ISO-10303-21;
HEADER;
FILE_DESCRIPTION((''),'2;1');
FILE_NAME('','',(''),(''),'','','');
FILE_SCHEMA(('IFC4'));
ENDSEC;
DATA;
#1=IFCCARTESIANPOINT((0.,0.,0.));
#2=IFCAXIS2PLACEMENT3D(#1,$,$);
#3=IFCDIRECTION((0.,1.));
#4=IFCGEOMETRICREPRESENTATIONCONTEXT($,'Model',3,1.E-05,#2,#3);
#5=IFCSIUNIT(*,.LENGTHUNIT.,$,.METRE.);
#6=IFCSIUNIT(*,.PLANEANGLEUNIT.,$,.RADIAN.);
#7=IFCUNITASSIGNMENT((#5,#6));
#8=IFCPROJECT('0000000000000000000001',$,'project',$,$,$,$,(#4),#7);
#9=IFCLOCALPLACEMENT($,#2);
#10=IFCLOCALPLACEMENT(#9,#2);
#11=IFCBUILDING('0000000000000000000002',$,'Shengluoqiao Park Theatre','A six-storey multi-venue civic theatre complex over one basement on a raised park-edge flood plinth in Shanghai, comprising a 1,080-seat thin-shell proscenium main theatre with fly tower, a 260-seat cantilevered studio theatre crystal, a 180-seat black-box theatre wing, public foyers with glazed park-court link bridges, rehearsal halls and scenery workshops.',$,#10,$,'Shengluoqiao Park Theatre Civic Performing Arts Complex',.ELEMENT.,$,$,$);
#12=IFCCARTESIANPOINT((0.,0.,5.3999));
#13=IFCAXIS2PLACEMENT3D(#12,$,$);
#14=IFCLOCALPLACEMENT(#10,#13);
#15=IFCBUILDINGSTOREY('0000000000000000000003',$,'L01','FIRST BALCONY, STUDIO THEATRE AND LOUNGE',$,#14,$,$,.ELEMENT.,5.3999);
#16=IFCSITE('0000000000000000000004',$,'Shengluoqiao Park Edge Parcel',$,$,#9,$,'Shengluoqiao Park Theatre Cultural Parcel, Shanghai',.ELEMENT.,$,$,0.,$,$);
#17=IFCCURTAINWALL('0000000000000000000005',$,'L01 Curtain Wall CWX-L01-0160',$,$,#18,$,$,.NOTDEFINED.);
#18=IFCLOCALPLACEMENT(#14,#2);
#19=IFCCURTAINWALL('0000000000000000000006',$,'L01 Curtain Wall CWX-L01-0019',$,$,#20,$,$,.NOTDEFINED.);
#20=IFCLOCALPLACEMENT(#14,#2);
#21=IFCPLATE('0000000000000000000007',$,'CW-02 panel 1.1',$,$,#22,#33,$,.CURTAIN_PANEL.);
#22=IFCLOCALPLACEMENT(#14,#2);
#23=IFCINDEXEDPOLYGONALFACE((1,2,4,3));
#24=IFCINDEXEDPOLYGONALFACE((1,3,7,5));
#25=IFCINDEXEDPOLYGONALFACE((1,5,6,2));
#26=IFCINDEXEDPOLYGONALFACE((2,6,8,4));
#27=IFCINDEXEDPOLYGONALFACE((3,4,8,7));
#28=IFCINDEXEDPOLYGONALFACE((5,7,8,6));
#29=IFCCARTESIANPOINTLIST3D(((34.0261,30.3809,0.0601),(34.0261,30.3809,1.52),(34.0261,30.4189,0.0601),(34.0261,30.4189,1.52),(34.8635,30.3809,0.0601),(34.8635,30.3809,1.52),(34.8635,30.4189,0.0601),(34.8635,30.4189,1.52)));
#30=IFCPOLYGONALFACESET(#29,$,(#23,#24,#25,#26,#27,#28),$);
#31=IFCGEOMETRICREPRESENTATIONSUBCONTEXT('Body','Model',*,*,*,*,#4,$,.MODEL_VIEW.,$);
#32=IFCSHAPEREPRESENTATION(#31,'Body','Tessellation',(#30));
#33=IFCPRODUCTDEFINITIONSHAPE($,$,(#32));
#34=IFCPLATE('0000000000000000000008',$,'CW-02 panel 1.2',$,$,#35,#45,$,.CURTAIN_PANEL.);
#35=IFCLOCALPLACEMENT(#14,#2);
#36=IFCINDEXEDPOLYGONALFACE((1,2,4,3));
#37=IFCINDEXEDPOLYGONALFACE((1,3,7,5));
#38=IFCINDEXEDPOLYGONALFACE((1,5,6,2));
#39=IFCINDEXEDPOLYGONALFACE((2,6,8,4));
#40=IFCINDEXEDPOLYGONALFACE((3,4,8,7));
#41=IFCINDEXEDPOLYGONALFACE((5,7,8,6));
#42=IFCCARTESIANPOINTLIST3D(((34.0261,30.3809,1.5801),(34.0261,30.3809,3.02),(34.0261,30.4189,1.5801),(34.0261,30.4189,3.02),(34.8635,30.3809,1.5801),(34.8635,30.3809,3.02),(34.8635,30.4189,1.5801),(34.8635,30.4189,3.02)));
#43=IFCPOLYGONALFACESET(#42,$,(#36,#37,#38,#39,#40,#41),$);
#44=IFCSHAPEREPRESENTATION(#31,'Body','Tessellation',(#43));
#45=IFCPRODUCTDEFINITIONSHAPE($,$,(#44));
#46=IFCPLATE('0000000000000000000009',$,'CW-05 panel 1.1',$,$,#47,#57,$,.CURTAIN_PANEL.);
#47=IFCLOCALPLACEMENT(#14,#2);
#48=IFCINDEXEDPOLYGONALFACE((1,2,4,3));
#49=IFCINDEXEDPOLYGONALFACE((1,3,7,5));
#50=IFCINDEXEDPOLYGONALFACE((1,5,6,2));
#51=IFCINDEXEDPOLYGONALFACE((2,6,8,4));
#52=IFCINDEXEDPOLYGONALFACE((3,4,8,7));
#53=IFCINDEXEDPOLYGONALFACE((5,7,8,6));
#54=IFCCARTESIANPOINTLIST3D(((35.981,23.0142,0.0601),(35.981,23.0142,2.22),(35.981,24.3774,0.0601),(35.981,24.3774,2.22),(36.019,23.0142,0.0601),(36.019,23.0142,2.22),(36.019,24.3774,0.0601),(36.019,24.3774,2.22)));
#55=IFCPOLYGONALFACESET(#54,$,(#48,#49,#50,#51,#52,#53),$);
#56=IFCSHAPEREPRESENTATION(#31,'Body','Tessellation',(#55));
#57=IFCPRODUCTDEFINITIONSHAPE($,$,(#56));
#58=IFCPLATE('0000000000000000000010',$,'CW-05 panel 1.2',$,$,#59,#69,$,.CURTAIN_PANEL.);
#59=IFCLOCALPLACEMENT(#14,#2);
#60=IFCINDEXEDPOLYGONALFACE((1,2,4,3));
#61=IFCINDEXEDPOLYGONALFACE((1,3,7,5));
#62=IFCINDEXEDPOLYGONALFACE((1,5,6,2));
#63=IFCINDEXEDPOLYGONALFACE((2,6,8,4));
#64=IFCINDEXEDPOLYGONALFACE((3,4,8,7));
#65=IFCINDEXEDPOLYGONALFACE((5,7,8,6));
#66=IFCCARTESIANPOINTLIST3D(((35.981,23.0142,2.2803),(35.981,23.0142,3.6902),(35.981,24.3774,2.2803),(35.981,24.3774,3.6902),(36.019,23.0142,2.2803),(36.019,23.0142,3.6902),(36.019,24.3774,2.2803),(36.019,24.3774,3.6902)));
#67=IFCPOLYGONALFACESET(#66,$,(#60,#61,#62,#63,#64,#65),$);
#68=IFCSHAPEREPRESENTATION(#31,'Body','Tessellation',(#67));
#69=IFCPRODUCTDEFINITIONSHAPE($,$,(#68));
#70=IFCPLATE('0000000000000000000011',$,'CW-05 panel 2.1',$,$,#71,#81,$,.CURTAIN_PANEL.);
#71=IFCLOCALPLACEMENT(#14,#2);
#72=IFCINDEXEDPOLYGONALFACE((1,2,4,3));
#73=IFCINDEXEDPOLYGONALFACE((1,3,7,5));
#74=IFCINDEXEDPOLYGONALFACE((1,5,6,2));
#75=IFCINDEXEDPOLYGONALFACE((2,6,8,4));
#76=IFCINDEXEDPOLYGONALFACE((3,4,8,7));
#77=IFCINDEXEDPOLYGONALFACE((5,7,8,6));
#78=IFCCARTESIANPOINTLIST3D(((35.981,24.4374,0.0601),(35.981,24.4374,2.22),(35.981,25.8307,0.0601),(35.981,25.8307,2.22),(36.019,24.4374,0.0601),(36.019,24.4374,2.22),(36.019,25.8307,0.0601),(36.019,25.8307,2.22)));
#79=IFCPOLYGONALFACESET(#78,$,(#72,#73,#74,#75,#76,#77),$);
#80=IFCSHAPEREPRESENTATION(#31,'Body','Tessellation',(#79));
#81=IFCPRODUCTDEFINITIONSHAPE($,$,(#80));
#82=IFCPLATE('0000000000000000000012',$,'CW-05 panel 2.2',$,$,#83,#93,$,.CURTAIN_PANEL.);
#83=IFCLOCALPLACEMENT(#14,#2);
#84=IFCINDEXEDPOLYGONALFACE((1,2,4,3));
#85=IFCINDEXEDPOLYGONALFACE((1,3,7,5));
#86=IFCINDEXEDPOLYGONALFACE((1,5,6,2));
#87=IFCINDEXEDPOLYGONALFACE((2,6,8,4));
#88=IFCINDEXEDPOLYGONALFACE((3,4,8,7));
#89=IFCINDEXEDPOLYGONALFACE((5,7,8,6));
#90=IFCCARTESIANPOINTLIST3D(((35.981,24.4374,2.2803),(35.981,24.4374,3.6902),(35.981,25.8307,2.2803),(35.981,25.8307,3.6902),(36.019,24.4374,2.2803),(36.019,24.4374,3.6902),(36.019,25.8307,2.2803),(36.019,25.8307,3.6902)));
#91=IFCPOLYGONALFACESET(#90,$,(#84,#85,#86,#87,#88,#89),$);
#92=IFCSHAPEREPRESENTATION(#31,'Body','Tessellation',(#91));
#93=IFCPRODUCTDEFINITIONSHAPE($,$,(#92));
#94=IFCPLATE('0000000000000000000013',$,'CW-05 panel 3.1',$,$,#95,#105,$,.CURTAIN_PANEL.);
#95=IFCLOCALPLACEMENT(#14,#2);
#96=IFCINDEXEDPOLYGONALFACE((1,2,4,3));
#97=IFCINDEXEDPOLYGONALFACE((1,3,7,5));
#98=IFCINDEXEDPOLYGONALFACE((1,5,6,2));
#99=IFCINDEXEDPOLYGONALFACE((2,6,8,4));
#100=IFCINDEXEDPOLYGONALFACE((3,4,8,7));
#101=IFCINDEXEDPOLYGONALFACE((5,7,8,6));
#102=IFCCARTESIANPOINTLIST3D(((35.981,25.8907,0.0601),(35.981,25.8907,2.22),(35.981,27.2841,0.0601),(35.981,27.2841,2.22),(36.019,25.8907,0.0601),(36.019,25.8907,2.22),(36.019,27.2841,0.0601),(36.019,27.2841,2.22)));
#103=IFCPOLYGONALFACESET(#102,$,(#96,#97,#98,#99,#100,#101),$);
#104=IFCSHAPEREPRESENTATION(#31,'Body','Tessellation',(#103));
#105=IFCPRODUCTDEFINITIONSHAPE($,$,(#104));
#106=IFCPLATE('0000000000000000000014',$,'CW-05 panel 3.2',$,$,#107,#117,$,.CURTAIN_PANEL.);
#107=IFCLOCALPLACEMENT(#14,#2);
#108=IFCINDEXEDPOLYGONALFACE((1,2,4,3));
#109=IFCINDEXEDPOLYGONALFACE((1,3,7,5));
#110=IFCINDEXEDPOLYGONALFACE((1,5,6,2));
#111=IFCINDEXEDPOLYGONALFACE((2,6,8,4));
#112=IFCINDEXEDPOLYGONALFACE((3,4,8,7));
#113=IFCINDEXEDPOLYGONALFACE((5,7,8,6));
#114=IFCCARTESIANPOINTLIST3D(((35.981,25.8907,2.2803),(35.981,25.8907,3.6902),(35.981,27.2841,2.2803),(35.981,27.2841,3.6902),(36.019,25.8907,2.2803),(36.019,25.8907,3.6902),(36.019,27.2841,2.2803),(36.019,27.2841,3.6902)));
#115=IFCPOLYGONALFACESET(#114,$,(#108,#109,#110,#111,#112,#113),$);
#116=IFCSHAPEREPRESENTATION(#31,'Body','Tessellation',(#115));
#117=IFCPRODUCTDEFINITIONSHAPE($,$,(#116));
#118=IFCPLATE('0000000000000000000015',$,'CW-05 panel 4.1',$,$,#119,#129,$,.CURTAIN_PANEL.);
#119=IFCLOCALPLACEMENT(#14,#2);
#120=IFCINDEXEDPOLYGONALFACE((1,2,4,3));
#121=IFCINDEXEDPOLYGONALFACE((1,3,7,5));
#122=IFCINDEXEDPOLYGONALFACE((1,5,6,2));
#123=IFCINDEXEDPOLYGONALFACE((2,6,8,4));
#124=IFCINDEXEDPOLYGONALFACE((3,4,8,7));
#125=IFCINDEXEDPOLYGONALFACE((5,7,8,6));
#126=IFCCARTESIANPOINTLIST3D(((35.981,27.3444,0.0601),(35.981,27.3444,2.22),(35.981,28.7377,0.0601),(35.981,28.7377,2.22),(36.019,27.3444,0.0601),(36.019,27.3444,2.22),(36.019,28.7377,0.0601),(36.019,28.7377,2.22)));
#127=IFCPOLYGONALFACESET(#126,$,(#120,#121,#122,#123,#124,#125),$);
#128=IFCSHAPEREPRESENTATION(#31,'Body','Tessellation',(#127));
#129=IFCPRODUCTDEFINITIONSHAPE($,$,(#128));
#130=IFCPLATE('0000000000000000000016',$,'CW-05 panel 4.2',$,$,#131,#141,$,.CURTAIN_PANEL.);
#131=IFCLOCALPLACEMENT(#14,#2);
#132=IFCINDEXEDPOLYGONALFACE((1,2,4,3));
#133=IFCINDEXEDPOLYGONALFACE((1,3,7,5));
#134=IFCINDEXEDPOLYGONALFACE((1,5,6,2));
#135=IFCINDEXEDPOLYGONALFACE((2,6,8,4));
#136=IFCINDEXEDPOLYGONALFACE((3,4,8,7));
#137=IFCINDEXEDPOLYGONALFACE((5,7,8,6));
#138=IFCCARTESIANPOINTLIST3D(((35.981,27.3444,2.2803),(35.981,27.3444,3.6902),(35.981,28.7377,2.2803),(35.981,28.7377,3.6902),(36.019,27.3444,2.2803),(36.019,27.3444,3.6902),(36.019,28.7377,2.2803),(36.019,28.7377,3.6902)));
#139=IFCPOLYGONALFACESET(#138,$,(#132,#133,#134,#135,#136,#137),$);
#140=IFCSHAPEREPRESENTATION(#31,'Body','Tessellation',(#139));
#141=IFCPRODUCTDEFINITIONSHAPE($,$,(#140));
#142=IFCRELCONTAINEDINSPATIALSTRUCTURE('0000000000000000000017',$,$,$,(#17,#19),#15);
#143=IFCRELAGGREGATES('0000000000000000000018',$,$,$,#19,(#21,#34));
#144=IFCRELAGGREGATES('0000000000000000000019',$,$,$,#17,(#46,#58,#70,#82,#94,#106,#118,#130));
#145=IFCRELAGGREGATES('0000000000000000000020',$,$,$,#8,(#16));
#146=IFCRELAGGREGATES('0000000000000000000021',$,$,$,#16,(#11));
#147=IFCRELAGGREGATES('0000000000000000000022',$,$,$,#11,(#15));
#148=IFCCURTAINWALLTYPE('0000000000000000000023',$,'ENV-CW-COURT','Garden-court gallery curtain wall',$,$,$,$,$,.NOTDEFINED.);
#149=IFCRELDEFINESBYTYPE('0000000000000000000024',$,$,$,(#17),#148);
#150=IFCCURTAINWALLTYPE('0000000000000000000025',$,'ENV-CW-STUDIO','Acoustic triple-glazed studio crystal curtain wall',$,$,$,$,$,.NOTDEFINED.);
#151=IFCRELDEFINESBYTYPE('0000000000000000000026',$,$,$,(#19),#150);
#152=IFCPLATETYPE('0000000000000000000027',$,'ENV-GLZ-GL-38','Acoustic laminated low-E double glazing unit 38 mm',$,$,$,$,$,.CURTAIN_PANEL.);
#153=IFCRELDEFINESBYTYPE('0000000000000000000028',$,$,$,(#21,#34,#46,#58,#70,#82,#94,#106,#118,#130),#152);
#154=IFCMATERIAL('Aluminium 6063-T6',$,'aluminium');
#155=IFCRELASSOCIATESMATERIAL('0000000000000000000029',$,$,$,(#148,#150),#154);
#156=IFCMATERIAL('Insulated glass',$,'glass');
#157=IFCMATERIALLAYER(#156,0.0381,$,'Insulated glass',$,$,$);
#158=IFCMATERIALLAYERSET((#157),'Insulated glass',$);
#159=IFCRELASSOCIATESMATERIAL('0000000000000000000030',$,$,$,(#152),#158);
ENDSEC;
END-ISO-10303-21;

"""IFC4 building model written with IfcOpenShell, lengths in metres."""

from ifc_helpers import new_model, si_unit, direction, frame, origin, origin_2d, place, context, subcontext, project, spatial, rectangle, extrude, material, layer, layer_set, type_object, element, aggregate, save


model = new_model("IFC4")

# Units and contexts
model_context = context("Model", 3, precision=1e-05, world=origin(), true_north=direction((0.0, 1.0)))
body_context = subcontext(model_context, "Body", "Model", "MODEL_VIEW")
ifc_project = project(units=[si_unit("LENGTHUNIT", "METRE"), si_unit("PLANEANGLEUNIT", "RADIAN")], contexts=[model_context])

# Site, building, storey
site_placement = place(None, origin())
site = spatial("IfcSite", under=ifc_project, at=site_placement, Name="Shengluoqiao Park Edge Parcel", LongName="Shengluoqiao Park Theatre Cultural Parcel, Shanghai", CompositionType="ELEMENT", RefElevation=0.0)
building_placement = place(site_placement, origin())
building = spatial("IfcBuilding", under=site, at=building_placement, Name="Shengluoqiao Park Theatre", Description="A six-storey multi-venue civic theatre complex over one basement on a raised park-edge flood plinth in Shanghai, comprising a 1,080-seat thin-shell proscenium main theatre with fly tower, a 260-seat cantilevered studio theatre crystal, a 180-seat black-box theatre wing, public foyers with glazed park-court link bridges, rehearsal halls and scenery workshops.", LongName="Shengluoqiao Park Theatre Civic Performing Arts Complex", CompositionType="ELEMENT")
storey_placement = place(building_placement, frame((0.0, 0.0, 5.3999)))
storey = spatial("IfcBuildingStorey", under=building, at=storey_placement, Name="L01", Description="FIRST BALCONY, STUDIO THEATRE AND LOUNGE", CompositionType="ELEMENT", Elevation=5.3999)

# Curtain walls
ifc_material_1 = material(Name="Aluminium 6063-T6", Category="aluminium")
curtain_wall_type_1 = type_object("IfcCurtainWallType", Name="ENV-CW-COURT", Description="Garden-court gallery curtain wall", PredefinedType="NOTDEFINED", material=ifc_material_1)
curtain_wall_1_placement = place(storey_placement, origin())
curtain_wall_1 = element("IfcCurtainWall", 1, at=curtain_wall_1_placement, inside=storey, type_object=curtain_wall_type_1, Name="L01 Curtain Wall CWX-L01-0160", PredefinedType="NOTDEFINED")
curtain_wall_type_2 = type_object("IfcCurtainWallType", Name="ENV-CW-STUDIO", Description="Acoustic triple-glazed studio crystal curtain wall", PredefinedType="NOTDEFINED", material=ifc_material_1)
curtain_wall_2_placement = place(storey_placement, origin())
curtain_wall_2 = element("IfcCurtainWall", 2, at=curtain_wall_2_placement, inside=storey, type_object=curtain_wall_type_2, Name="L01 Curtain Wall CWX-L01-0019", PredefinedType="NOTDEFINED")

# Plates
ifc_material_2 = material(Name="Insulated glass", Category="glass")
ifc_layer = layer(ifc_material_2, 0.0381, Name="Insulated glass")
ifc_layer_set = layer_set([ifc_layer], Name="Insulated glass")
plate_type = type_object("IfcPlateType", Name="ENV-GLZ-GL-38", Description="Acoustic laminated low-E double glazing unit 38 mm", PredefinedType="CURTAIN_PANEL", material=ifc_layer_set)
plate_1_placement = place(storey_placement, frame((34.4448, 30.3999, 0.0601), z_axis=(0.0, 0.0, 1.0), x_axis=(1.0, 0.0, 0.0)))
plate_1 = element("IfcPlate", 3, at=plate_1_placement, type_object=plate_type, Name="CW-02 panel 1.1", PredefinedType="CURTAIN_PANEL", context=body_context, shape_type="SweptSolid", body=[
    extrude(rectangle(XDim=0.8374, YDim=0.0381, at=origin_2d()), origin(), (0.0, 0.0, 1.0), 1.46),
])
plate_2_placement = place(storey_placement, frame((34.4448, 30.3999, 1.5801), z_axis=(0.0, 0.0, 1.0), x_axis=(1.0, 0.0, 0.0)))
plate_2 = element("IfcPlate", 4, at=plate_2_placement, type_object=plate_type, Name="CW-02 panel 1.2", PredefinedType="CURTAIN_PANEL", context=body_context, shape_type="SweptSolid", body=[
    extrude(rectangle(XDim=0.8374, YDim=0.0381, at=origin_2d()), origin(), (0.0, 0.0, 1.0), 1.4399),
])
aggregate(curtain_wall_2, [plate_1, plate_2])
plate_3_placement = place(storey_placement, frame((36.0, 23.6958, 0.0601), z_axis=(0.0, 0.0, 1.0), x_axis=(0.0, 1.0, 0.0)))
plate_3 = element("IfcPlate", 5, at=plate_3_placement, type_object=plate_type, Name="CW-05 panel 1.1", PredefinedType="CURTAIN_PANEL", context=body_context, shape_type="SweptSolid", body=[
    extrude(rectangle(XDim=1.3633, YDim=0.0381, at=origin_2d()), origin(), (0.0, 0.0, 1.0), 2.1599),
])
plate_4_placement = place(storey_placement, frame((36.0, 23.6958, 2.2803), z_axis=(0.0, 0.0, 1.0), x_axis=(0.0, 1.0, 0.0)))
plate_4 = element("IfcPlate", 6, at=plate_4_placement, type_object=plate_type, Name="CW-05 panel 1.2", PredefinedType="CURTAIN_PANEL", context=body_context, shape_type="SweptSolid", body=[
    extrude(rectangle(XDim=1.3633, YDim=0.0381, at=origin_2d()), origin(), (0.0, 0.0, 1.0), 1.4099),
])
plate_5_placement = place(storey_placement, frame((36.0, 25.134, 0.0601), z_axis=(0.0, 0.0, 1.0), x_axis=(0.0, 1.0, 0.0)))
plate_5 = element("IfcPlate", 7, at=plate_5_placement, type_object=plate_type, Name="CW-05 panel 2.1", PredefinedType="CURTAIN_PANEL", context=body_context, shape_type="SweptSolid", body=[
    extrude(rectangle(XDim=1.3933, YDim=0.0381, at=origin_2d()), origin(), (0.0, 0.0, 1.0), 2.1599),
])
plate_6_placement = place(storey_placement, frame((36.0, 25.134, 2.2803), z_axis=(0.0, 0.0, 1.0), x_axis=(0.0, 1.0, 0.0)))
plate_6 = element("IfcPlate", 8, at=plate_6_placement, type_object=plate_type, Name="CW-05 panel 2.2", PredefinedType="CURTAIN_PANEL", context=body_context, shape_type="SweptSolid", body=[
    extrude(rectangle(XDim=1.3933, YDim=0.0381, at=origin_2d()), origin(), (0.0, 0.0, 1.0), 1.4099),
])
plate_7_placement = place(storey_placement, frame((36.0, 26.5874, 0.0601), z_axis=(0.0, 0.0, 1.0), x_axis=(0.0, 1.0, 0.0)))
plate_7 = element("IfcPlate", 9, at=plate_7_placement, type_object=plate_type, Name="CW-05 panel 3.1", PredefinedType="CURTAIN_PANEL", context=body_context, shape_type="SweptSolid", body=[
    extrude(rectangle(XDim=1.3933, YDim=0.0381, at=origin_2d()), origin(), (0.0, 0.0, 1.0), 2.1599),
])
plate_8_placement = place(storey_placement, frame((36.0, 26.5874, 2.2803), z_axis=(0.0, 0.0, 1.0), x_axis=(0.0, 1.0, 0.0)))
plate_8 = element("IfcPlate", 10, at=plate_8_placement, type_object=plate_type, Name="CW-05 panel 3.2", PredefinedType="CURTAIN_PANEL", context=body_context, shape_type="SweptSolid", body=[
    extrude(rectangle(XDim=1.3933, YDim=0.0381, at=origin_2d()), origin(), (0.0, 0.0, 1.0), 1.4099),
])
plate_9_placement = place(storey_placement, frame((36.0, 28.041, 0.0601), z_axis=(0.0, 0.0, 1.0), x_axis=(0.0, 1.0, 0.0)))
plate_9 = element("IfcPlate", 11, at=plate_9_placement, type_object=plate_type, Name="CW-05 panel 4.1", PredefinedType="CURTAIN_PANEL", context=body_context, shape_type="SweptSolid", body=[
    extrude(rectangle(XDim=1.3933, YDim=0.0381, at=origin_2d()), origin(), (0.0, 0.0, 1.0), 2.1599),
])
plate_10_placement = place(storey_placement, frame((36.0, 28.041, 2.2803), z_axis=(0.0, 0.0, 1.0), x_axis=(0.0, 1.0, 0.0)))
plate_10 = element("IfcPlate", 12, at=plate_10_placement, type_object=plate_type, Name="CW-05 panel 4.2", PredefinedType="CURTAIN_PANEL", context=body_context, shape_type="SweptSolid", body=[
    extrude(rectangle(XDim=1.3933, YDim=0.0381, at=origin_2d()), origin(), (0.0, 0.0, 1.0), 1.4099),
])
aggregate(curtain_wall_1, [plate_3, plate_4, plate_5, plate_6, plate_7, plate_8, plate_9, plate_10])

save(model, "model.ifc")
